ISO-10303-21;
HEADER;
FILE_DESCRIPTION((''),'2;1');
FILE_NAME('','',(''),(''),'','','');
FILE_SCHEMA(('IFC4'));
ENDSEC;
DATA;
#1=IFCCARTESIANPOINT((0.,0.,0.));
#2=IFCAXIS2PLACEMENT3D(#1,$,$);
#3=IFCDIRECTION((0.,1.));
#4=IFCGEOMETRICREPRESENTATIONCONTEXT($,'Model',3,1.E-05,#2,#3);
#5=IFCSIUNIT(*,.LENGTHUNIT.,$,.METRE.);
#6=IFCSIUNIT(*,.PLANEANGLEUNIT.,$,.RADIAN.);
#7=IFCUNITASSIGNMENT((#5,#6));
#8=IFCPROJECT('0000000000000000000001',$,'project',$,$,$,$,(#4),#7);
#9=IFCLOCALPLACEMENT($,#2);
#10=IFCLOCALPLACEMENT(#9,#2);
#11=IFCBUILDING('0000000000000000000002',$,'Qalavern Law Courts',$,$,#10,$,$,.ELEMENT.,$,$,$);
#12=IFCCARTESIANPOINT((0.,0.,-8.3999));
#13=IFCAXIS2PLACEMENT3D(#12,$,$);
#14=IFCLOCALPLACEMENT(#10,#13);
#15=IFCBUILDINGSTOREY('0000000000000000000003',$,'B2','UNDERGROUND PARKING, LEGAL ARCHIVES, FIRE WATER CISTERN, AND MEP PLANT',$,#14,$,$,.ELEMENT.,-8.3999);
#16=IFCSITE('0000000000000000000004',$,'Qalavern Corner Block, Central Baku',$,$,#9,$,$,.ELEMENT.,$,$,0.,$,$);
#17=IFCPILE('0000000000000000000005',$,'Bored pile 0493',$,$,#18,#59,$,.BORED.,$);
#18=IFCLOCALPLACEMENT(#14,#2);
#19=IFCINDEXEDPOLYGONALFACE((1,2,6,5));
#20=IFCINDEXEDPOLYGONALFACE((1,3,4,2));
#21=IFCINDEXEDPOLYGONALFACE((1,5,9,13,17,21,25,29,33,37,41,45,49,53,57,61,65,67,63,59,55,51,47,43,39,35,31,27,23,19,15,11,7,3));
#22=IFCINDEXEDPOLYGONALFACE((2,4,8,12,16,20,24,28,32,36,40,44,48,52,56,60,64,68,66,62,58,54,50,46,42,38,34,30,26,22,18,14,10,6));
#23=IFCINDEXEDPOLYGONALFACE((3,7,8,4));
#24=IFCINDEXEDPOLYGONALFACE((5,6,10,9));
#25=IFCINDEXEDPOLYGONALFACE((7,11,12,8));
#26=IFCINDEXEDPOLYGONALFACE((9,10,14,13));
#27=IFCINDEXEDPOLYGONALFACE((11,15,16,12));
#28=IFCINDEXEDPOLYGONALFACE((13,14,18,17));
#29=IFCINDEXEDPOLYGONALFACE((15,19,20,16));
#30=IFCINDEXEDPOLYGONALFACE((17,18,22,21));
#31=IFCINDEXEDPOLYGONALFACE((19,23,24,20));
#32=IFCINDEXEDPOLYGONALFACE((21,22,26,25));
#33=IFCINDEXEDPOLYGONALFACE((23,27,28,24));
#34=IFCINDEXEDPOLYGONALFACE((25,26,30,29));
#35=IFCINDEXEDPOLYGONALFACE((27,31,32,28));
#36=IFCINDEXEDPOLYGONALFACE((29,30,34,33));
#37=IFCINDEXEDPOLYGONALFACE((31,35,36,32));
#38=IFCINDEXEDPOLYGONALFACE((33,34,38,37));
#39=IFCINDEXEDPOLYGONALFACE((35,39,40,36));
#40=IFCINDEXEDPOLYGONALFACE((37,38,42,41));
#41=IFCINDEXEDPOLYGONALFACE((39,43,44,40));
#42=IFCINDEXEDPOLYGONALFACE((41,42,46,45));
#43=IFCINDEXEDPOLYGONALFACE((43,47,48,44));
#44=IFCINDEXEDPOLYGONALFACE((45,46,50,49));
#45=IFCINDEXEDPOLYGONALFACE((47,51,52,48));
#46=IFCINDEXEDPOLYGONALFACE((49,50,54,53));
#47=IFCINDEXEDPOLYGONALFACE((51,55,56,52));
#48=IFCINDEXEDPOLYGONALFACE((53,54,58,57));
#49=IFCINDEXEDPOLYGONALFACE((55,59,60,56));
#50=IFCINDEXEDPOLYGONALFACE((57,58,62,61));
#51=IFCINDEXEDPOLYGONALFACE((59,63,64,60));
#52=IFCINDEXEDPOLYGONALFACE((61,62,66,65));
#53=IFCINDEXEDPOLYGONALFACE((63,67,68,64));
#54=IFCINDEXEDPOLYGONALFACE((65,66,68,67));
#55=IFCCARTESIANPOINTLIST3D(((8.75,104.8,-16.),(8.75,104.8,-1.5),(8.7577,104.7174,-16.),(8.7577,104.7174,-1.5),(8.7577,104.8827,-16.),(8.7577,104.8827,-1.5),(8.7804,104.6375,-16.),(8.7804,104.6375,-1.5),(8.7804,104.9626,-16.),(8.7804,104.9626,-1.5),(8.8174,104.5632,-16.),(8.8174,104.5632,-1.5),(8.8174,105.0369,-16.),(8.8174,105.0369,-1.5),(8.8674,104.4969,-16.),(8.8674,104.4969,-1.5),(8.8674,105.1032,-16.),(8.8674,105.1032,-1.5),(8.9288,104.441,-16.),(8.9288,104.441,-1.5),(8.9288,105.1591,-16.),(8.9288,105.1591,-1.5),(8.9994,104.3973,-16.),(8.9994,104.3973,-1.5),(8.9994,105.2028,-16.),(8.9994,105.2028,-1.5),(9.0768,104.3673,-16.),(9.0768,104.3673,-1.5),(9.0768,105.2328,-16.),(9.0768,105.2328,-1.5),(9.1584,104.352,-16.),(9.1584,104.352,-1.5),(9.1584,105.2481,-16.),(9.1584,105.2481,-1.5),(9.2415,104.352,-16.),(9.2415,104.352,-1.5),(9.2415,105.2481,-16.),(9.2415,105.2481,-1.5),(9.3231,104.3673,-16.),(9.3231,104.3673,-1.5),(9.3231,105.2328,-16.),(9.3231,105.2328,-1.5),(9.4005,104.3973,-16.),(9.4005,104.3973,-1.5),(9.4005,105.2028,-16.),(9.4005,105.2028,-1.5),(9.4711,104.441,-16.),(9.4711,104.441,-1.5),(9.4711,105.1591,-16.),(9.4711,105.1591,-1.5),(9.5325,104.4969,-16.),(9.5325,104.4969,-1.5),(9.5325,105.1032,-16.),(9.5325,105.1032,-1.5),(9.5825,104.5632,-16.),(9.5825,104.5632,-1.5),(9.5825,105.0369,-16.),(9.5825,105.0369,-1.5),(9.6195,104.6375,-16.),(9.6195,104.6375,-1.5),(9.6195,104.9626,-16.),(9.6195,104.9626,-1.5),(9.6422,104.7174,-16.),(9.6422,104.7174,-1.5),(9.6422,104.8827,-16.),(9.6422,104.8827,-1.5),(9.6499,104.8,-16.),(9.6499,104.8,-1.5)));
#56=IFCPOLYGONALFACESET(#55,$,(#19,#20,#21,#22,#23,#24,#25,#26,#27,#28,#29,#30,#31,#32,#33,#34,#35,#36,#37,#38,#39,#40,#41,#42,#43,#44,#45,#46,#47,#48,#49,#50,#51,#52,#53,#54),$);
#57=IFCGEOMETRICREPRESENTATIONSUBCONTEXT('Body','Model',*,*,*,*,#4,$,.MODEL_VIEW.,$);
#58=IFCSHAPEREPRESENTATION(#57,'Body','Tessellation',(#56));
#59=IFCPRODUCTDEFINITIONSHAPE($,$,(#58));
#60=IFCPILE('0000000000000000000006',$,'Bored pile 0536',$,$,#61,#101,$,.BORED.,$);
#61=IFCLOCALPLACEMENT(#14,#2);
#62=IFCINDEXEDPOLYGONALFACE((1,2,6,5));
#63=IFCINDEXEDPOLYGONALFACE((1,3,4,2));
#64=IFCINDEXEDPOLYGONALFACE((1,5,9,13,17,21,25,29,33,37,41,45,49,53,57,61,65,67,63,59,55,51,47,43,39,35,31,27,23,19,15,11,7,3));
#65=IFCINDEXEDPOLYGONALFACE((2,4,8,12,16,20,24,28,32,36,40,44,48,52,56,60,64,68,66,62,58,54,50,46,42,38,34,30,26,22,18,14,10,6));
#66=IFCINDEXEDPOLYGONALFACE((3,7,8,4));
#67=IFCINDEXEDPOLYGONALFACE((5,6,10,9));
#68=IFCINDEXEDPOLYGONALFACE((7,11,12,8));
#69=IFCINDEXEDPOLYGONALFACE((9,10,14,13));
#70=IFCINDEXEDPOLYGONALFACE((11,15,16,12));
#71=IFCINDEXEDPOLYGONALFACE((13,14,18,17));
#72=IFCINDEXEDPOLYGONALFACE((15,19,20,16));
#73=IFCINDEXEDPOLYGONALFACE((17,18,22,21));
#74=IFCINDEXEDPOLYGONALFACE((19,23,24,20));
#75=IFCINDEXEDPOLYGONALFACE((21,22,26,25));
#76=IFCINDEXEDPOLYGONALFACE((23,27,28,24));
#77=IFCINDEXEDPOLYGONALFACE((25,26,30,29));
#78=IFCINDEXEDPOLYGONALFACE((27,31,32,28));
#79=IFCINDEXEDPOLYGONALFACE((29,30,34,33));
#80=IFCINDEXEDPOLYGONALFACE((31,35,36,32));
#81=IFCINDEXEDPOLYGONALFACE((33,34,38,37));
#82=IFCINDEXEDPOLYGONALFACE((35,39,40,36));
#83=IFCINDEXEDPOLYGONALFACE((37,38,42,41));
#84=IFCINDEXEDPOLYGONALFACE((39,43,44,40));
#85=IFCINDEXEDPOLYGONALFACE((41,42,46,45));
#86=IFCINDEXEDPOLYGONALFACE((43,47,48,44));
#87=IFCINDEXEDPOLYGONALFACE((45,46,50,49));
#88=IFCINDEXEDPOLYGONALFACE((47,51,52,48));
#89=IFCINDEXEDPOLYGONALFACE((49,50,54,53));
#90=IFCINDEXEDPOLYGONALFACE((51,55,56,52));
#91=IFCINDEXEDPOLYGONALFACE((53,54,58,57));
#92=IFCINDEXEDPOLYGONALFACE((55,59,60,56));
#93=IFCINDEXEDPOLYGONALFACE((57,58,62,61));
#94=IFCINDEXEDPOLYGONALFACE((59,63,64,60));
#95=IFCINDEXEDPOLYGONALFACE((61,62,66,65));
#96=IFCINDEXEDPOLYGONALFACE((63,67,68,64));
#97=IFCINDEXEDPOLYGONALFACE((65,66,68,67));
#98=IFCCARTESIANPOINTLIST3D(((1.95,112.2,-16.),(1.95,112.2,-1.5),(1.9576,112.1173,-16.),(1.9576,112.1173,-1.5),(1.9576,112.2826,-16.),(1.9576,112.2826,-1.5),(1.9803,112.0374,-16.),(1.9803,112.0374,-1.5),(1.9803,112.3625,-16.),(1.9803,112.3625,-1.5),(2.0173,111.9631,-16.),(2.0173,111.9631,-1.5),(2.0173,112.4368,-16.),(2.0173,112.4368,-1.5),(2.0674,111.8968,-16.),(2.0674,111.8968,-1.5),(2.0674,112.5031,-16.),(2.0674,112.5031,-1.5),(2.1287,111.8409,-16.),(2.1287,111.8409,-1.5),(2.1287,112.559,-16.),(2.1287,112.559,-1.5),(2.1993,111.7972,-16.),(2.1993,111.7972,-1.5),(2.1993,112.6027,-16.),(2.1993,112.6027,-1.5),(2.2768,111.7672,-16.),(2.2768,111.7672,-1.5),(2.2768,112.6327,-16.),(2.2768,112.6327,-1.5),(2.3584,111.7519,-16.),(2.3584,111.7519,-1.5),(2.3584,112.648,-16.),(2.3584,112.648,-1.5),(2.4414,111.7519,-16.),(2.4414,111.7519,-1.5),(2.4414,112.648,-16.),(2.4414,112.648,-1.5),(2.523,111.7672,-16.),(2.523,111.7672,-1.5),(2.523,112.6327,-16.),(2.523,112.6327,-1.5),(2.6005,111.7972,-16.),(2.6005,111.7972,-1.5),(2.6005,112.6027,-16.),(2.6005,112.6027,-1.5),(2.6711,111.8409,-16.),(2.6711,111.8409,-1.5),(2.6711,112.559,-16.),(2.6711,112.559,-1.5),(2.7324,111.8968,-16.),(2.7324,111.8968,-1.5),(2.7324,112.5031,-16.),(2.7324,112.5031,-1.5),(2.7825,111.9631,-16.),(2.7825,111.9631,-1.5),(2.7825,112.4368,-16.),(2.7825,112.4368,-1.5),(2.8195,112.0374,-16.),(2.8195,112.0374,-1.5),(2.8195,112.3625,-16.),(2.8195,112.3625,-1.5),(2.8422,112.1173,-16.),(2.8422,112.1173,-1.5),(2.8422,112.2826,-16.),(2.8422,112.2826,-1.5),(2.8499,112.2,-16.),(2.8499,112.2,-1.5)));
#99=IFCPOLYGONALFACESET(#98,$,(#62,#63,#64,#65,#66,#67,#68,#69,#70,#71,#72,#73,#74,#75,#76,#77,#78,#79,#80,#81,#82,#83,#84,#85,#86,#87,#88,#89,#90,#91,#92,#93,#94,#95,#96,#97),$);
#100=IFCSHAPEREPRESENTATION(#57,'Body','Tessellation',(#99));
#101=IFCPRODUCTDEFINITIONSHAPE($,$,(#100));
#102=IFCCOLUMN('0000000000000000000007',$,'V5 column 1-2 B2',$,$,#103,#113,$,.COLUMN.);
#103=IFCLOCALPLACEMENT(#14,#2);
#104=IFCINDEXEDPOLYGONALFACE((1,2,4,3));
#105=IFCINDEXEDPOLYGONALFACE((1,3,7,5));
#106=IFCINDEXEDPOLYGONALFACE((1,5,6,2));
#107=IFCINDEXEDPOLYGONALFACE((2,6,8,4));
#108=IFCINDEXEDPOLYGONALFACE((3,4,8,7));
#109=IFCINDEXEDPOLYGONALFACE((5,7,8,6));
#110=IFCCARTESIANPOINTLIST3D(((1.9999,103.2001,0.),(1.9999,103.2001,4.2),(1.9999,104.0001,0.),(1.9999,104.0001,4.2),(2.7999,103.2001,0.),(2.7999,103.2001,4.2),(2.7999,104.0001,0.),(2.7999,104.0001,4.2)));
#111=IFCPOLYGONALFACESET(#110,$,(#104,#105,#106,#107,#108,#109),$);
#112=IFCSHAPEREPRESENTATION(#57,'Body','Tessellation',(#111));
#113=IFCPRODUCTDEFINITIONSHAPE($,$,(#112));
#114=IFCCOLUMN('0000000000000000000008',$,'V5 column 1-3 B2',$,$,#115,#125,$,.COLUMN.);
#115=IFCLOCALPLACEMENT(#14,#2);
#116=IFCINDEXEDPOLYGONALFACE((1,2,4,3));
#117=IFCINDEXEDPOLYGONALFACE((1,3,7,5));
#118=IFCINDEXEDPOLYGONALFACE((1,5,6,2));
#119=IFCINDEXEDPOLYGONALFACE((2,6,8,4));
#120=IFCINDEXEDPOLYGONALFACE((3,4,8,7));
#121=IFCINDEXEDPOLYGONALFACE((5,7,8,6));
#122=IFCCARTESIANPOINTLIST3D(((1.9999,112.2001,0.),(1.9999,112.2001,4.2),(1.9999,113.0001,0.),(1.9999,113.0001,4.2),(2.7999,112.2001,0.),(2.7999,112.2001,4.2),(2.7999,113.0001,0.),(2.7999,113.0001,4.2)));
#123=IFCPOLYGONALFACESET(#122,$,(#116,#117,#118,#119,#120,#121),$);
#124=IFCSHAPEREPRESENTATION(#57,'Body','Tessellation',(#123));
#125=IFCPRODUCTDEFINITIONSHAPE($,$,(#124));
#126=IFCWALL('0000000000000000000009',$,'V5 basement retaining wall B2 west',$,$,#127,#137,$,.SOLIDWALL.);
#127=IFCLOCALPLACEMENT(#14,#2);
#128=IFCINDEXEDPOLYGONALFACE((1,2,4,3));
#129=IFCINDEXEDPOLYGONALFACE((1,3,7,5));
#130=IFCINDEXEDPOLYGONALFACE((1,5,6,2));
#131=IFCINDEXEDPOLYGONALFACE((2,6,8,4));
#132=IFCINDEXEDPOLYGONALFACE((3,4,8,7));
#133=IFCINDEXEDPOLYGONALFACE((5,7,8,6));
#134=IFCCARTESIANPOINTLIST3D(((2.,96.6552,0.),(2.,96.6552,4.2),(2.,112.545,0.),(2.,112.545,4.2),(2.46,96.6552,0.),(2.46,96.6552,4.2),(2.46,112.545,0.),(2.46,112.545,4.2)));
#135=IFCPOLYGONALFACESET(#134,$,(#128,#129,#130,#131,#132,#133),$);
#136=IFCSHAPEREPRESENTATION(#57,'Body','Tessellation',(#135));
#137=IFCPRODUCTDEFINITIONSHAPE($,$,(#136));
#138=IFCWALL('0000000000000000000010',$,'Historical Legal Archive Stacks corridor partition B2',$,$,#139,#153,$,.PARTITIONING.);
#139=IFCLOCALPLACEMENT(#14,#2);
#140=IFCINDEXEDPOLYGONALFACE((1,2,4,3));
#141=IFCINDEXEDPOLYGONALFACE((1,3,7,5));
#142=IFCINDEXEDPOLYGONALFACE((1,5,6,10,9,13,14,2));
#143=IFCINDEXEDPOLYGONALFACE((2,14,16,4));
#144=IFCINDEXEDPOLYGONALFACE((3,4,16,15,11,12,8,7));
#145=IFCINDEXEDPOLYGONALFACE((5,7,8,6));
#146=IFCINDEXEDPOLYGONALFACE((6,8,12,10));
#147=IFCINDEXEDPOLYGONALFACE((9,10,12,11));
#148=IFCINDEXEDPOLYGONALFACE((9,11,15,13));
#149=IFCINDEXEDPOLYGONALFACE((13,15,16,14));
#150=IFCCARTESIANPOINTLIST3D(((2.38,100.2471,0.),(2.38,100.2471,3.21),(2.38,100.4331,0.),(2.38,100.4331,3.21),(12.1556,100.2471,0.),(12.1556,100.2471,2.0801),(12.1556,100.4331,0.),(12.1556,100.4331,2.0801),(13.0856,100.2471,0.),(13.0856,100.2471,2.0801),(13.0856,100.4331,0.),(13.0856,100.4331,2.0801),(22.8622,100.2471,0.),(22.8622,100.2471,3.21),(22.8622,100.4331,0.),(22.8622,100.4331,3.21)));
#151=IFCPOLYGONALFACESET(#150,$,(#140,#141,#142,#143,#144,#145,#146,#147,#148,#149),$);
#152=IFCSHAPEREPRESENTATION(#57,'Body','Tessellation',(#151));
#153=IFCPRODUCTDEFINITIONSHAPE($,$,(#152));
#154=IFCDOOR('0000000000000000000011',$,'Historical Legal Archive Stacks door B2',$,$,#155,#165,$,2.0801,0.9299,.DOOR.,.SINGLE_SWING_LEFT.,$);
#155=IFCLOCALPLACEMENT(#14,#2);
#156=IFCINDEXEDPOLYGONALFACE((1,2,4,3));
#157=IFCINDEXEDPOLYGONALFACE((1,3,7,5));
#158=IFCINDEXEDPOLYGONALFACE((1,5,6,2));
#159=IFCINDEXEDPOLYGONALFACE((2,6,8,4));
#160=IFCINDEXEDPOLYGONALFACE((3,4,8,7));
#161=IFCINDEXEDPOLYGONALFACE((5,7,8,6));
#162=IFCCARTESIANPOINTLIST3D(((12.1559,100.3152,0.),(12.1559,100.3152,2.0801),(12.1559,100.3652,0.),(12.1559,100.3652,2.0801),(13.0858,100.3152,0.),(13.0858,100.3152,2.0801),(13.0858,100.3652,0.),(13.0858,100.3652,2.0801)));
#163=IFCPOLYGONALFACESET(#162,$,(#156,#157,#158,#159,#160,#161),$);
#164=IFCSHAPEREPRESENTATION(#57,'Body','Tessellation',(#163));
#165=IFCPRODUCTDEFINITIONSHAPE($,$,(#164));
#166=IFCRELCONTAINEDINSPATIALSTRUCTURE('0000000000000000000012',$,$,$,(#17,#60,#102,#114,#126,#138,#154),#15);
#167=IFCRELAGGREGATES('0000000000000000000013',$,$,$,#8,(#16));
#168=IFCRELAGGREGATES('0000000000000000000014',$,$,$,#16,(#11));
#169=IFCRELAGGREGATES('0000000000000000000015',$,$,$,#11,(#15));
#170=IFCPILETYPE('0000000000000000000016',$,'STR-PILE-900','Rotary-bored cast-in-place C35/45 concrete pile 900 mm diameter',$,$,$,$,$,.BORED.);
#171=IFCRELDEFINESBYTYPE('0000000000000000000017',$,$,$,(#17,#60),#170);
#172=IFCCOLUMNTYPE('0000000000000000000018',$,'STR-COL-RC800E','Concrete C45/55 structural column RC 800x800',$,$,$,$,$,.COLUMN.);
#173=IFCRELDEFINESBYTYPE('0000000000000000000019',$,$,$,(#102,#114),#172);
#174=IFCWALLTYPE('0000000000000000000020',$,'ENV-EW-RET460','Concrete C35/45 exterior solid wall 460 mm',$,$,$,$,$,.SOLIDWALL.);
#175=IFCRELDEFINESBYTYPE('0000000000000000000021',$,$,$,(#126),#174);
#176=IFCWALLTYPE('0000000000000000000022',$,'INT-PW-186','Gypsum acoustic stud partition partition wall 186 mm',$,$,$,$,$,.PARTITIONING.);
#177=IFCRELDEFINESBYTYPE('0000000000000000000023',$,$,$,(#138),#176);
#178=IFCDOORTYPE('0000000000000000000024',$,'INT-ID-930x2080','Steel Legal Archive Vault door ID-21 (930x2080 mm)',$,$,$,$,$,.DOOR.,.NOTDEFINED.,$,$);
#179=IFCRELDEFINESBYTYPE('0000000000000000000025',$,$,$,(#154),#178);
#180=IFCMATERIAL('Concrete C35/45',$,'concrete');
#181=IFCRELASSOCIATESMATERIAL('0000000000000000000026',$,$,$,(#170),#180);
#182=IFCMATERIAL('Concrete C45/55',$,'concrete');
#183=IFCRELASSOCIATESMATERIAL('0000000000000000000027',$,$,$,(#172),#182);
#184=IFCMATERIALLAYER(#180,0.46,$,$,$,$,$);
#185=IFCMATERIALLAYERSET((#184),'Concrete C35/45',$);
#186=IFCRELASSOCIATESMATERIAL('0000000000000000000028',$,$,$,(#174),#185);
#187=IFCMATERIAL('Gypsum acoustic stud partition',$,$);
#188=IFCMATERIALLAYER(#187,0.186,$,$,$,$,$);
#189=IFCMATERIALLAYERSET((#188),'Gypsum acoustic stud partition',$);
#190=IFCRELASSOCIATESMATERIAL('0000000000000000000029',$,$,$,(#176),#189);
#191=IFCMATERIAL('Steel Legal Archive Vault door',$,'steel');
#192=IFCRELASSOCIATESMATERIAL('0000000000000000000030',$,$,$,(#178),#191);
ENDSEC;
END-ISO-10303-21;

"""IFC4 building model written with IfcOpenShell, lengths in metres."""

from ifc_helpers import new_model, si_unit, direction, frame, frame_2d, origin, origin_2d, place, context, subcontext, project, spatial, rectangle, circle, extrude, material, layer, layer_set, material_profile, profile_set, type_object, element, fill, save


model = new_model("IFC4")

# Units and contexts
model_context = context("Model", 3, precision=1e-05, world=origin(), true_north=direction((0.0, 1.0)))
body_context = subcontext(model_context, "Body", "Model", "MODEL_VIEW")
ifc_project = project(units=[si_unit("LENGTHUNIT", "METRE"), si_unit("PLANEANGLEUNIT", "RADIAN")], contexts=[model_context])

# Site, building, storey
site_placement = place(None, origin())
site = spatial("IfcSite", under=ifc_project, at=site_placement, Name="Qalavern Corner Block, Central Baku", CompositionType="ELEMENT", RefElevation=0.0)
building_placement = place(site_placement, origin())
building = spatial("IfcBuilding", under=site, at=building_placement, Name="Qalavern Law Courts", CompositionType="ELEMENT")
storey_placement = place(building_placement, frame((0.0, 0.0, -8.3999)))
storey = spatial("IfcBuildingStorey", under=building, at=storey_placement, Name="B2", Description="UNDERGROUND PARKING, LEGAL ARCHIVES, FIRE WATER CISTERN, AND MEP PLANT", CompositionType="ELEMENT", Elevation=-8.3999)

# Shared definitions
ifc_material_1 = material(Name="Concrete C35/45", Category="concrete")

# Piles
ifc_material_profile_1 = material_profile(ifc_material_1, circle(Radius=0.45, at=origin_2d()), Name="BORED PILE 900")
ifc_profile_set_1 = profile_set([ifc_material_profile_1], Name="Concrete C35/45")
pile_type_1 = type_object("IfcPileType", Name="STR-PILE-900", Description="Rotary-bored cast-in-place C35/45 concrete pile 900 mm diameter", PredefinedType="BORED", material=ifc_profile_set_1)
for number, where, z_axis, x_axis, name in (
    (1, (9.2, 104.8, -1.5), (0.0, 0.0, -1.0), (1.0, 0.0, 0.0), "Bored pile 0493"),
    (2, (2.3999, 112.2, -1.5), (0.0, 0.0, -1.0), (1.0, 0.0, 0.0), "Bored pile 0536"),
):
    element("IfcPile", number, at=place(storey_placement, frame(where, z_axis=z_axis, x_axis=x_axis)), inside=storey, type_object=pile_type_1, Name=name, PredefinedType="BORED", context=body_context, shape_type="SweptSolid", body=[
        extrude(circle(Radius=0.45, at=origin_2d()), origin(), (0.0, 0.0, 1.0), 14.5),
    ])

# Columns
ifc_material_2 = material(Name="Concrete C45/55", Category="concrete")
ifc_material_profile_2 = material_profile(ifc_material_2, rectangle(XDim=0.8, YDim=0.8, at=origin_2d()), Name="RC 800x800")
ifc_profile_set_2 = profile_set([ifc_material_profile_2], Name="Concrete C45/55")
column_type = type_object("IfcColumnType", Name="STR-COL-RC800E", Description="Concrete C45/55 structural column RC 800x800", PredefinedType="COLUMN", material=ifc_profile_set_2)
for number, where, z_axis, x_axis, name in (
    (3, (2.3999, 103.6001, 0.0), (0.0, 0.0, 1.0), (1.0, 0.0, 0.0), "V5 column 1-2 B2"),
    (4, (2.3999, 112.6001, 0.0), (0.0, 0.0, 1.0), (1.0, 0.0, 0.0), "V5 column 1-3 B2"),
):
    element("IfcColumn", number, at=place(storey_placement, frame(where, z_axis=z_axis, x_axis=x_axis)), inside=storey, type_object=column_type, Name=name, PredefinedType="COLUMN", context=body_context, shape_type="SweptSolid", body=[
        extrude(rectangle(XDim=0.8, YDim=0.8, at=origin_2d()), origin(), (0.0, 0.0, 1.0), 4.2),
    ])

# Wall
ifc_layer_1 = layer(ifc_material_1, 0.46)
ifc_layer_set_1 = layer_set([ifc_layer_1], Name="Concrete C35/45")
wall_type_1 = type_object("IfcWallType", Name="ENV-EW-RET460", Description="Concrete C35/45 exterior solid wall 460 mm", PredefinedType="SOLIDWALL", material=ifc_layer_set_1)
wall_1_placement = place(storey_placement, frame((2.23, 112.5449, 0.0), z_axis=(0.0, 0.0, 1.0), x_axis=(0.0, -1.0, 0.0)))
element("IfcWall", 5, at=wall_1_placement, inside=storey, type_object=wall_type_1, Name="V5 basement retaining wall B2 west", PredefinedType="SOLIDWALL", context=body_context, shape_type="SweptSolid", body=[
    extrude(rectangle(XDim=15.8899, YDim=0.46, at=frame_2d((7.9448, 0.0))), origin(), (0.0, 0.0, 1.0), 4.2),
])

# Wall, opening, door
ifc_material_3 = material(Name="Gypsum acoustic stud partition")
ifc_layer_2 = layer(ifc_material_3, 0.186)
ifc_layer_set_2 = layer_set([ifc_layer_2], Name="Gypsum acoustic stud partition")
wall_type_2 = type_object("IfcWallType", Name="INT-PW-186", Description="Gypsum acoustic stud partition partition wall 186 mm", PredefinedType="PARTITIONING", material=ifc_layer_set_2)
wall_2_placement = place(storey_placement, frame((2.3799, 100.3401, 0.0), z_axis=(0.0, 0.0, 1.0), x_axis=(1.0, 0.0, 0.0)))
wall_2 = element("IfcWall", 6, at=wall_2_placement, inside=storey, type_object=wall_type_2, Name="Historical Legal Archive Stacks corridor partition B2", PredefinedType="PARTITIONING", context=body_context, shape_type="SweptSolid", body=[
    extrude(rectangle(XDim=20.4822, YDim=0.186, at=frame_2d((10.2412, 0.0))), origin(), (0.0, 0.0, 1.0), 3.21),
])
opening_1_placement = place(wall_2_placement, frame((9.7759, 0.0, 0.0)))
opening_1 = element("IfcOpeningElement", 7, at=opening_1_placement, cuts=wall_2, PredefinedType="OPENING", context=body_context, shape_type="SweptSolid", body=[
    extrude(rectangle(XDim=0.9299, YDim=2.0801, at=frame_2d((0.4648, 1.04))), frame((0.0, 0.1079, 0.0), z_axis=(0.0, -1.0, 0.0), x_axis=(1.0, 0.0, 0.0)), (0.0, 0.0, 1.0), 0.2158),
])
ifc_material_4 = material(Name="Steel Legal Archive Vault door", Category="steel")
door_type_1 = type_object("IfcDoorType", Name="INT-ID-930x2080", Description="Steel Legal Archive Vault door ID-21 (930x2080 mm)", OperationType="NOTDEFINED", PredefinedType="DOOR", material=ifc_material_4)
door_1_placement = place(opening_1_placement, frame((0.9299, 0.0, 0.0), z_axis=(0.0, 0.0, 1.0), x_axis=(-1.0, 0.0, 0.0)))
door_1 = element("IfcDoor", 8, at=door_1_placement, inside=storey, type_object=door_type_1, Name="Historical Legal Archive Stacks door B2", OperationType="SINGLE_SWING_LEFT", OverallHeight=2.0801, OverallWidth=0.9299, PredefinedType="DOOR", context=body_context, shape_type="SweptSolid", body=[
    extrude(rectangle(XDim=0.9299, YDim=2.0801, at=frame_2d((0.4648, 1.04))), frame((0.0, 0.0249, 0.0), z_axis=(0.0, -1.0, 0.0), x_axis=(1.0, 0.0, 0.0)), (0.0, 0.0, 1.0), 0.05),
])
fill(opening_1, door_1)

save(model, "model.ifc")
